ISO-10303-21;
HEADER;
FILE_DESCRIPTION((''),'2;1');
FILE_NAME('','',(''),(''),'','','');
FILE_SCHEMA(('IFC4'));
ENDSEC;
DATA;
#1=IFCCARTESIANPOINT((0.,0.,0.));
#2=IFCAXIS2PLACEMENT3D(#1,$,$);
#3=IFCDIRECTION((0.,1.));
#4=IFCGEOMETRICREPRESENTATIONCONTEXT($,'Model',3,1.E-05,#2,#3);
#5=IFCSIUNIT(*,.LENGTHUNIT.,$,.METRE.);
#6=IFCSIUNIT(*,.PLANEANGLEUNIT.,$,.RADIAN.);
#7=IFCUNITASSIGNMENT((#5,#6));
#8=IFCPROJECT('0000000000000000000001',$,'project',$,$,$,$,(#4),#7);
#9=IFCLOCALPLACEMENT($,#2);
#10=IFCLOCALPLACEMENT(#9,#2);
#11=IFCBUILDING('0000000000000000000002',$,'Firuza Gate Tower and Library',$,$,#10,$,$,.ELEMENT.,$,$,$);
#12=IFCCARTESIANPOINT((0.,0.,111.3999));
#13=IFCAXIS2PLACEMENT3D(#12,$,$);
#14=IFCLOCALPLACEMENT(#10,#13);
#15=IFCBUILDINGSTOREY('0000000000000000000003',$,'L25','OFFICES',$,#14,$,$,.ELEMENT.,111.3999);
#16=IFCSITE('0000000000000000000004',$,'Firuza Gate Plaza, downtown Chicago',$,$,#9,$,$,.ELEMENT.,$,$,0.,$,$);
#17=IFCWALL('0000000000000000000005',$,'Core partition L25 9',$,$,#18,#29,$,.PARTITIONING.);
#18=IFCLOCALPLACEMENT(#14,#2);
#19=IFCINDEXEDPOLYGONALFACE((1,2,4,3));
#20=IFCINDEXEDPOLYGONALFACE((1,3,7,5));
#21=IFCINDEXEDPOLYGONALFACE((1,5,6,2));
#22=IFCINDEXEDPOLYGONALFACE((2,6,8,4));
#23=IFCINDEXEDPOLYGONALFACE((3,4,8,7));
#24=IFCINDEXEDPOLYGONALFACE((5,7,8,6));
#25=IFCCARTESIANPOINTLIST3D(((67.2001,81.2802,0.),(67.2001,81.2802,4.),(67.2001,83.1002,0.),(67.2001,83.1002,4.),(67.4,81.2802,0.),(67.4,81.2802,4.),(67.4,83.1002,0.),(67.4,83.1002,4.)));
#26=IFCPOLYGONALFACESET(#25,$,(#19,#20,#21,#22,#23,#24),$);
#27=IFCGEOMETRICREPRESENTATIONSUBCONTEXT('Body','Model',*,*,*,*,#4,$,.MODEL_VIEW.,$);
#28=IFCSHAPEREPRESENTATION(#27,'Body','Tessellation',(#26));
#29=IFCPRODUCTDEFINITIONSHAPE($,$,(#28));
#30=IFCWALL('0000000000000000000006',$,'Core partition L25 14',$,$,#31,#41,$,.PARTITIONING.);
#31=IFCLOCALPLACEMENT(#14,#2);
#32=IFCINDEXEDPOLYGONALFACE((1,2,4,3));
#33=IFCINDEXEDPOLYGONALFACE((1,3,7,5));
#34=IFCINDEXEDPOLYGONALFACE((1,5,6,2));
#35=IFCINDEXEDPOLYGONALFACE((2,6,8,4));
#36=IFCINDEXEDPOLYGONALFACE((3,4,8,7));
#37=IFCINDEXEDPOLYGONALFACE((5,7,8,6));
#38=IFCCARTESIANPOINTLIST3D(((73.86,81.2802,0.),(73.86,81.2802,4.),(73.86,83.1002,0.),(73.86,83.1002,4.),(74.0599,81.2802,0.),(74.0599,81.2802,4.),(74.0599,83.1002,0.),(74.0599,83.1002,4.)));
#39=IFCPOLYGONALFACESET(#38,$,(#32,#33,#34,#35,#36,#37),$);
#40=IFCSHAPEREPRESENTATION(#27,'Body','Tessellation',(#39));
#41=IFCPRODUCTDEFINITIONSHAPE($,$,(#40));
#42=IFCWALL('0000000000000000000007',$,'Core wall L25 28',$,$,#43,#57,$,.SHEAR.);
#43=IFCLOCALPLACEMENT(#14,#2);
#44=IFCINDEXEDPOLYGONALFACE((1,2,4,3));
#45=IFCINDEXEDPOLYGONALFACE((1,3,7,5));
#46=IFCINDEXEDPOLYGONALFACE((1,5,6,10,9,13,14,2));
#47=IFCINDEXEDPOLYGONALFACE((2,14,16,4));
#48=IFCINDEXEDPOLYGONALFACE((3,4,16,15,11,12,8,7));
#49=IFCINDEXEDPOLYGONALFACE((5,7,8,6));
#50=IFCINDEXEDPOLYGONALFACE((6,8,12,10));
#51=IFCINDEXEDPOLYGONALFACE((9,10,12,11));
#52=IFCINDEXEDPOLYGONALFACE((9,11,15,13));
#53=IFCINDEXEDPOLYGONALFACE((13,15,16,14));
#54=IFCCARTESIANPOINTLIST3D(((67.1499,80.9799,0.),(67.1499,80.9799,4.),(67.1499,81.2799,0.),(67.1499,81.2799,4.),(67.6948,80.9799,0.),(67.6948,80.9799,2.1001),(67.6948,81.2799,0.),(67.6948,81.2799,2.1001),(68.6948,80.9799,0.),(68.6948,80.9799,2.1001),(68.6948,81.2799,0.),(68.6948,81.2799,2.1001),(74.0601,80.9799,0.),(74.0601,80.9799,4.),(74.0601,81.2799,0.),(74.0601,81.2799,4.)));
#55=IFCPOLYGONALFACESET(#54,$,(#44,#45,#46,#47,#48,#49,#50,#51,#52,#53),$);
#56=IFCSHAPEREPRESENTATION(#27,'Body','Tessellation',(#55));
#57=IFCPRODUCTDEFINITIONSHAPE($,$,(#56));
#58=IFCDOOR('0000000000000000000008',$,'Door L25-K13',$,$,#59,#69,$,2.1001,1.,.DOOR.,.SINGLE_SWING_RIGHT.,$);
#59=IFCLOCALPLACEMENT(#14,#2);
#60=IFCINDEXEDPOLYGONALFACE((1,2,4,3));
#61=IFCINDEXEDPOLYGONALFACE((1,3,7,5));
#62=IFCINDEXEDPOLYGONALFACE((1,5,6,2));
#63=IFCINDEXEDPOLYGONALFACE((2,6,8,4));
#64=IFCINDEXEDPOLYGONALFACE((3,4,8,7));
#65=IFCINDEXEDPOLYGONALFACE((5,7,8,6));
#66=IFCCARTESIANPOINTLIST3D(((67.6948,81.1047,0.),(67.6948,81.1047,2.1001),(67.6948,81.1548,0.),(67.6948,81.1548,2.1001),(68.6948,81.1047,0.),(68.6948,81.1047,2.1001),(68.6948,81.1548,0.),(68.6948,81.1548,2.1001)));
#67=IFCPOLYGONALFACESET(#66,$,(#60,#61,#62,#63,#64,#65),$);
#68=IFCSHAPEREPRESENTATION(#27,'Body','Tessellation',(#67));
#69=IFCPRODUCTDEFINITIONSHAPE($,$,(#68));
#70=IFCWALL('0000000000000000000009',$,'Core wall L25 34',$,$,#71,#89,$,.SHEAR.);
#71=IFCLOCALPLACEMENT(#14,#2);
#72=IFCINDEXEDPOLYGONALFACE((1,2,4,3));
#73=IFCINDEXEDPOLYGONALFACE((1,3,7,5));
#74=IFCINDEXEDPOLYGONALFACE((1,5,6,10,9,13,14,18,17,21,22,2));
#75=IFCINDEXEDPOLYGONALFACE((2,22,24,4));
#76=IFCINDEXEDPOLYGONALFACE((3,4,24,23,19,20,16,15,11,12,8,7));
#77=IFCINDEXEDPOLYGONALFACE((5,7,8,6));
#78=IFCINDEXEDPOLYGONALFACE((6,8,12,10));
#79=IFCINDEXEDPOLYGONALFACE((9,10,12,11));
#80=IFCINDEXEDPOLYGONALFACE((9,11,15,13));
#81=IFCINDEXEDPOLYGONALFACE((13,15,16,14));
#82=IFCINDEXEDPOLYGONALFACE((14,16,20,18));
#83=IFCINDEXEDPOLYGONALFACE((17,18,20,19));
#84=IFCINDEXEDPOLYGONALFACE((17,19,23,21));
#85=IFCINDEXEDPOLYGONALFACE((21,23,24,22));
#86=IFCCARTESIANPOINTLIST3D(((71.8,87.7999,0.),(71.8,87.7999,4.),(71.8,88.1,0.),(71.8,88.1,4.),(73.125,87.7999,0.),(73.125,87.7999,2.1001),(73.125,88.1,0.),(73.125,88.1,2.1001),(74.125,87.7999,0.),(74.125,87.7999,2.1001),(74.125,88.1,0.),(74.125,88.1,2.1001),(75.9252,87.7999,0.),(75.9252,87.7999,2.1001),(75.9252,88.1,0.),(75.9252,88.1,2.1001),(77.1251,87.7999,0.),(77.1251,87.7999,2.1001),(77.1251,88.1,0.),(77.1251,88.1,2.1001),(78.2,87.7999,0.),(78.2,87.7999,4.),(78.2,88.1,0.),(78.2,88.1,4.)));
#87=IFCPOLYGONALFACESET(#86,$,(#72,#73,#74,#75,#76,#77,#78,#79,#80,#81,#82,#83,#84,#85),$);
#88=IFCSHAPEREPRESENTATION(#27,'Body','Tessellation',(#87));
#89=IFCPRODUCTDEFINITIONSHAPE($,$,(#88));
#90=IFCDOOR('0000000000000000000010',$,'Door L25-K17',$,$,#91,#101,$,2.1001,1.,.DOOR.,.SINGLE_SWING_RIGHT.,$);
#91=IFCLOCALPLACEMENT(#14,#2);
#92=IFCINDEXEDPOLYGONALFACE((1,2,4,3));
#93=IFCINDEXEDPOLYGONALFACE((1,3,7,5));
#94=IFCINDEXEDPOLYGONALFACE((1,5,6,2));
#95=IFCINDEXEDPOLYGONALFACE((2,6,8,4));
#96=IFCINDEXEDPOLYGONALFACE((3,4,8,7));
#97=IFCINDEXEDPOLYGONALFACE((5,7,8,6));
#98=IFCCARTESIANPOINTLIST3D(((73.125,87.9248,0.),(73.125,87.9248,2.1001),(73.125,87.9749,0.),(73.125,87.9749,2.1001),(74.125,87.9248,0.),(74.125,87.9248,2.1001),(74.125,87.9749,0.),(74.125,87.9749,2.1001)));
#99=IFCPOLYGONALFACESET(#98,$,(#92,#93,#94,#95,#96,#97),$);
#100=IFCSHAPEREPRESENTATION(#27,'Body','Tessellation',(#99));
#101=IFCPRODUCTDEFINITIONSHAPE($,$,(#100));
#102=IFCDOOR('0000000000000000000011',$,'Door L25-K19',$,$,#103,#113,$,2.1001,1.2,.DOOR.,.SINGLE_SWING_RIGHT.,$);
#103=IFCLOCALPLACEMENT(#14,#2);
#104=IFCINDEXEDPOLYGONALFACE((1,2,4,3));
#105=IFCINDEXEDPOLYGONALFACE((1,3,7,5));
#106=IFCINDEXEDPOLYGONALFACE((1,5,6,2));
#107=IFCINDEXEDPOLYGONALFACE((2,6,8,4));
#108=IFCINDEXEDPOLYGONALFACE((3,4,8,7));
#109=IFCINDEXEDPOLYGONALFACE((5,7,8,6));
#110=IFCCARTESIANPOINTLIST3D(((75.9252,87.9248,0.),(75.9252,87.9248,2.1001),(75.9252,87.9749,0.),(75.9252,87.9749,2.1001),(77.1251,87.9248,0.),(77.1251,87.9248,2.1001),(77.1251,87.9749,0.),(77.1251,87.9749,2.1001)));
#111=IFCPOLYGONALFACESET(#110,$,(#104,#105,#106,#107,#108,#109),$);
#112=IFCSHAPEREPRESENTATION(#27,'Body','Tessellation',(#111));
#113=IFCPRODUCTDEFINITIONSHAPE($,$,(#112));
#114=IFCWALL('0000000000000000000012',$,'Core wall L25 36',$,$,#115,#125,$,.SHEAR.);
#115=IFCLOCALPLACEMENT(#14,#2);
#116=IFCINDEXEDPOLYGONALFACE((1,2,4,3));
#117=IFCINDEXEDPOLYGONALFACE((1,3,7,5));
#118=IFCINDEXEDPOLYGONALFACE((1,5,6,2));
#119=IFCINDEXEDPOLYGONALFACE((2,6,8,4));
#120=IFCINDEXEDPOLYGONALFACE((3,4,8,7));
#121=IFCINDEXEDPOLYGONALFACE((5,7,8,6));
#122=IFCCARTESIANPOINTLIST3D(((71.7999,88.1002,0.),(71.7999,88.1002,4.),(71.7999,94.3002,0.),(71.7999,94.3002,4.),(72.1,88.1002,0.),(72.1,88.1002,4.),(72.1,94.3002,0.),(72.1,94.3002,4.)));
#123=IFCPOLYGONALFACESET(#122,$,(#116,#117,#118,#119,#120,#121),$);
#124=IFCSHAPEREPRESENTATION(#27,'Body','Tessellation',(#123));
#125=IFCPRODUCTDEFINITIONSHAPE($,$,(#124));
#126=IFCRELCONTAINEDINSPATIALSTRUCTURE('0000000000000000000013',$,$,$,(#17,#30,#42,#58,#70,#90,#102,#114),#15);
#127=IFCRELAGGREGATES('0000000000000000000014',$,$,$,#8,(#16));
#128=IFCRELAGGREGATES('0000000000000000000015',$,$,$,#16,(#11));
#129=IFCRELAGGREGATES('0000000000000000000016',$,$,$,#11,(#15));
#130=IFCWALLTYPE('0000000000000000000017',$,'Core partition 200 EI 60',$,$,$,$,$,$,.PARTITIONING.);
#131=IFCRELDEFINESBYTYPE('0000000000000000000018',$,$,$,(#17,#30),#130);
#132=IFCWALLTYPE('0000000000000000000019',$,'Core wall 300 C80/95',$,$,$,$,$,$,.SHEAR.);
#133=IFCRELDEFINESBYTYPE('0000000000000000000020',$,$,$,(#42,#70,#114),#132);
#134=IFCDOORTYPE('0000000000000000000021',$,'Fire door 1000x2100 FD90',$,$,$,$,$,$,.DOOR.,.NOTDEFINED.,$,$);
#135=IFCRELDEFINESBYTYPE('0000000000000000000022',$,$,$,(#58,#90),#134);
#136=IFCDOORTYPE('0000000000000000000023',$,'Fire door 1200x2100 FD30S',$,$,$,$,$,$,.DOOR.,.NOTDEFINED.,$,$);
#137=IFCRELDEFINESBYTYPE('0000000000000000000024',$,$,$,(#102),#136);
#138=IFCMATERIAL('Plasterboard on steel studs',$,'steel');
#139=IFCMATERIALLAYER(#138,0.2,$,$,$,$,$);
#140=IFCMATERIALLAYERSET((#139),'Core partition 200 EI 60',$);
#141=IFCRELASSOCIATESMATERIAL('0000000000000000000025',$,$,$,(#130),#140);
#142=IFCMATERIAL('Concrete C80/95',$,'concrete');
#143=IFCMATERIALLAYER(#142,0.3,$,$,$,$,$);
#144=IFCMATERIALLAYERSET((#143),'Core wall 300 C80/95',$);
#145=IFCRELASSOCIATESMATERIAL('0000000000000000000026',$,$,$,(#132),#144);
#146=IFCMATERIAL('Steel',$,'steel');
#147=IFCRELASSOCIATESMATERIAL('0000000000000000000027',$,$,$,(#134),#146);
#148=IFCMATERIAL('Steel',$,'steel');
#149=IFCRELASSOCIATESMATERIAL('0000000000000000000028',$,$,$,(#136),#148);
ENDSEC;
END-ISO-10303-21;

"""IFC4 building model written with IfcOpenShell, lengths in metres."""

from ifc_helpers import new_model, si_unit, direction, frame, frame_2d, origin, place, context, subcontext, project, spatial, rectangle, extrude, material, layer, layer_set, type_object, element, fill, save


model = new_model("IFC4")

# Units and contexts
model_context = context("Model", 3, precision=1e-05, world=origin(), true_north=direction((0.0, 1.0)))
body_context = subcontext(model_context, "Body", "Model", "MODEL_VIEW")
ifc_project = project(units=[si_unit("LENGTHUNIT", "METRE"), si_unit("PLANEANGLEUNIT", "RADIAN")], contexts=[model_context])

# Site, building, storey
site_placement = place(None, origin())
site = spatial("IfcSite", under=ifc_project, at=site_placement, Name="Firuza Gate Plaza, downtown Chicago", CompositionType="ELEMENT", RefElevation=0.0)
building_placement = place(site_placement, origin())
building = spatial("IfcBuilding", under=site, at=building_placement, Name="Firuza Gate Tower and Library", CompositionType="ELEMENT")
storey_placement = place(building_placement, frame((0.0, 0.0, 111.3999)))
storey = spatial("IfcBuildingStorey", under=building, at=storey_placement, Name="L25", Description="OFFICES", CompositionType="ELEMENT", Elevation=111.3999)

# Walls
ifc_material_1 = material(Name="Plasterboard on steel studs", Category="steel")
ifc_layer_1 = layer(ifc_material_1, 0.2)
ifc_layer_set_1 = layer_set([ifc_layer_1], Name="Core partition 200 EI 60")
wall_type_1 = type_object("IfcWallType", Name="Core partition 200 EI 60", PredefinedType="PARTITIONING", material=ifc_layer_set_1)
for number, where, z_axis, x_axis, name in (
    (1, (67.3, 81.28, 0.0), (0.0, 0.0, 1.0), (0.0, 1.0, 0.0), "Core partition L25 9"),
    (2, (73.96, 81.28, 0.0), (0.0, 0.0, 1.0), (0.0, 1.0, 0.0), "Core partition L25 14"),
):
    element("IfcWall", number, at=place(storey_placement, frame(where, z_axis=z_axis, x_axis=x_axis)), inside=storey, type_object=wall_type_1, Name=name, PredefinedType="PARTITIONING", context=body_context, shape_type="SweptSolid", body=[
        extrude(rectangle(XDim=1.8201, YDim=0.2, at=frame_2d((0.9102, 0.0))), origin(), (0.0, 0.0, 1.0), 4.0),
    ])

# Wall, opening, door
ifc_material_2 = material(Name="Concrete C80/95", Category="concrete")
ifc_layer_2 = layer(ifc_material_2, 0.3)
ifc_layer_set_2 = layer_set([ifc_layer_2], Name="Core wall 300 C80/95")
wall_type_2 = type_object("IfcWallType", Name="Core wall 300 C80/95", PredefinedType="SHEAR", material=ifc_layer_set_2)
wall_1_placement = place(storey_placement, frame((67.1499, 81.1299, 0.0), z_axis=(0.0, 0.0, 1.0), x_axis=(1.0, 0.0, 0.0)))
wall_1 = element("IfcWall", 3, at=wall_1_placement, inside=storey, type_object=wall_type_2, Name="Core wall L25 28", PredefinedType="SHEAR", context=body_context, shape_type="SweptSolid", body=[
    extrude(rectangle(XDim=6.9102, YDim=0.3, at=frame_2d((3.4551, 0.0))), origin(), (0.0, 0.0, 1.0), 4.0),
])
opening_1_placement = place(wall_1_placement, frame((0.5449, 0.0, 0.0)))
opening_1 = element("IfcOpeningElement", 4, at=opening_1_placement, cuts=wall_1, PredefinedType="OPENING", context=body_context, shape_type="SweptSolid", body=[
    extrude(rectangle(XDim=1.0, YDim=2.1001, at=frame_2d((0.5, 1.05))), frame((0.0, 0.1602, 0.0), z_axis=(0.0, -1.0, 0.0), x_axis=(1.0, 0.0, 0.0)), (0.0, 0.0, 1.0), 0.3201),
])
ifc_material_3 = material(Name="Steel", Category="steel")
door_type_1 = type_object("IfcDoorType", Name="Fire door 1000x2100 FD90", OperationType="NOTDEFINED", PredefinedType="DOOR", material=ifc_material_3)
door_1_placement = place(opening_1_placement, origin())
door_1 = element("IfcDoor", 5, at=door_1_placement, inside=storey, type_object=door_type_1, Name="Door L25-K13", OperationType="SINGLE_SWING_RIGHT", OverallHeight=2.1001, OverallWidth=1.0, PredefinedType="DOOR", context=body_context, shape_type="SweptSolid", body=[
    extrude(rectangle(XDim=1.0, YDim=2.1001, at=frame_2d((0.5, 1.05))), frame((0.0, 0.0249, 0.0), z_axis=(0.0, -1.0, 0.0), x_axis=(1.0, 0.0, 0.0)), (0.0, 0.0, 1.0), 0.05),
])
fill(opening_1, door_1)

# Wall, openings, doors
wall_2_placement = place(storey_placement, frame((71.8, 87.95, 0.0), z_axis=(0.0, 0.0, 1.0), x_axis=(1.0, 0.0, 0.0)))
wall_2 = element("IfcWall", 6, at=wall_2_placement, inside=storey, type_object=wall_type_2, Name="Core wall L25 34", PredefinedType="SHEAR", context=body_context, shape_type="SweptSolid", body=[
    extrude(rectangle(XDim=6.3999, YDim=0.3, at=frame_2d((3.2, 0.0))), origin(), (0.0, 0.0, 1.0), 4.0),
])
opening_2_placement = place(wall_2_placement, frame((1.325, 0.0, 0.0)))
opening_2 = element("IfcOpeningElement", 7, at=opening_2_placement, cuts=wall_2, PredefinedType="OPENING", context=body_context, shape_type="SweptSolid", body=[
    extrude(rectangle(XDim=1.0, YDim=2.1001, at=frame_2d((0.5, 1.05))), frame((0.0, 0.1602, 0.0), z_axis=(0.0, -1.0, 0.0), x_axis=(1.0, 0.0, 0.0)), (0.0, 0.0, 1.0), 0.3201),
])
opening_3_placement = place(wall_2_placement, frame((4.125, 0.0, 0.0)))
opening_3 = element("IfcOpeningElement", 8, at=opening_3_placement, cuts=wall_2, PredefinedType="OPENING", context=body_context, shape_type="SweptSolid", body=[
    extrude(rectangle(XDim=1.2, YDim=2.1001, at=frame_2d((0.6001, 1.05))), frame((0.0, 0.1602, 0.0), z_axis=(0.0, -1.0, 0.0), x_axis=(1.0, 0.0, 0.0)), (0.0, 0.0, 1.0), 0.3201),
])
door_2_placement = place(opening_2_placement, origin())
door_2 = element("IfcDoor", 9, at=door_2_placement, inside=storey, type_object=door_type_1, Name="Door L25-K17", OperationType="SINGLE_SWING_RIGHT", OverallHeight=2.1001, OverallWidth=1.0, PredefinedType="DOOR", context=body_context, shape_type="SweptSolid", body=[
    extrude(rectangle(XDim=1.0, YDim=2.1001, at=frame_2d((0.5, 1.05))), frame((0.0, 0.0249, 0.0), z_axis=(0.0, -1.0, 0.0), x_axis=(1.0, 0.0, 0.0)), (0.0, 0.0, 1.0), 0.05),
])
fill(opening_2, door_2)
ifc_material_4 = material(Name="Steel", Category="steel")
door_type_2 = type_object("IfcDoorType", Name="Fire door 1200x2100 FD30S", OperationType="NOTDEFINED", PredefinedType="DOOR", material=ifc_material_4)
door_3_placement = place(opening_3_placement, origin())
door_3 = element("IfcDoor", 10, at=door_3_placement, inside=storey, type_object=door_type_2, Name="Door L25-K19", OperationType="SINGLE_SWING_RIGHT", OverallHeight=2.1001, OverallWidth=1.2, PredefinedType="DOOR", context=body_context, shape_type="SweptSolid", body=[
    extrude(rectangle(XDim=1.2, YDim=2.1001, at=frame_2d((0.6001, 1.05))), frame((0.0, 0.0249, 0.0), z_axis=(0.0, -1.0, 0.0), x_axis=(1.0, 0.0, 0.0)), (0.0, 0.0, 1.0), 0.05),
])
fill(opening_3, door_3)

# Wall
wall_3_placement = place(storey_placement, frame((71.95, 88.1001, 0.0), z_axis=(0.0, 0.0, 1.0), x_axis=(0.0, 1.0, 0.0)))
element("IfcWall", 11, at=wall_3_placement, inside=storey, type_object=wall_type_2, Name="Core wall L25 36", PredefinedType="SHEAR", context=body_context, shape_type="SweptSolid", body=[
    extrude(rectangle(XDim=6.2, YDim=0.3, at=frame_2d((3.1001, 0.0))), origin(), (0.0, 0.0, 1.0), 4.0),
])

save(model, "model.ifc")
